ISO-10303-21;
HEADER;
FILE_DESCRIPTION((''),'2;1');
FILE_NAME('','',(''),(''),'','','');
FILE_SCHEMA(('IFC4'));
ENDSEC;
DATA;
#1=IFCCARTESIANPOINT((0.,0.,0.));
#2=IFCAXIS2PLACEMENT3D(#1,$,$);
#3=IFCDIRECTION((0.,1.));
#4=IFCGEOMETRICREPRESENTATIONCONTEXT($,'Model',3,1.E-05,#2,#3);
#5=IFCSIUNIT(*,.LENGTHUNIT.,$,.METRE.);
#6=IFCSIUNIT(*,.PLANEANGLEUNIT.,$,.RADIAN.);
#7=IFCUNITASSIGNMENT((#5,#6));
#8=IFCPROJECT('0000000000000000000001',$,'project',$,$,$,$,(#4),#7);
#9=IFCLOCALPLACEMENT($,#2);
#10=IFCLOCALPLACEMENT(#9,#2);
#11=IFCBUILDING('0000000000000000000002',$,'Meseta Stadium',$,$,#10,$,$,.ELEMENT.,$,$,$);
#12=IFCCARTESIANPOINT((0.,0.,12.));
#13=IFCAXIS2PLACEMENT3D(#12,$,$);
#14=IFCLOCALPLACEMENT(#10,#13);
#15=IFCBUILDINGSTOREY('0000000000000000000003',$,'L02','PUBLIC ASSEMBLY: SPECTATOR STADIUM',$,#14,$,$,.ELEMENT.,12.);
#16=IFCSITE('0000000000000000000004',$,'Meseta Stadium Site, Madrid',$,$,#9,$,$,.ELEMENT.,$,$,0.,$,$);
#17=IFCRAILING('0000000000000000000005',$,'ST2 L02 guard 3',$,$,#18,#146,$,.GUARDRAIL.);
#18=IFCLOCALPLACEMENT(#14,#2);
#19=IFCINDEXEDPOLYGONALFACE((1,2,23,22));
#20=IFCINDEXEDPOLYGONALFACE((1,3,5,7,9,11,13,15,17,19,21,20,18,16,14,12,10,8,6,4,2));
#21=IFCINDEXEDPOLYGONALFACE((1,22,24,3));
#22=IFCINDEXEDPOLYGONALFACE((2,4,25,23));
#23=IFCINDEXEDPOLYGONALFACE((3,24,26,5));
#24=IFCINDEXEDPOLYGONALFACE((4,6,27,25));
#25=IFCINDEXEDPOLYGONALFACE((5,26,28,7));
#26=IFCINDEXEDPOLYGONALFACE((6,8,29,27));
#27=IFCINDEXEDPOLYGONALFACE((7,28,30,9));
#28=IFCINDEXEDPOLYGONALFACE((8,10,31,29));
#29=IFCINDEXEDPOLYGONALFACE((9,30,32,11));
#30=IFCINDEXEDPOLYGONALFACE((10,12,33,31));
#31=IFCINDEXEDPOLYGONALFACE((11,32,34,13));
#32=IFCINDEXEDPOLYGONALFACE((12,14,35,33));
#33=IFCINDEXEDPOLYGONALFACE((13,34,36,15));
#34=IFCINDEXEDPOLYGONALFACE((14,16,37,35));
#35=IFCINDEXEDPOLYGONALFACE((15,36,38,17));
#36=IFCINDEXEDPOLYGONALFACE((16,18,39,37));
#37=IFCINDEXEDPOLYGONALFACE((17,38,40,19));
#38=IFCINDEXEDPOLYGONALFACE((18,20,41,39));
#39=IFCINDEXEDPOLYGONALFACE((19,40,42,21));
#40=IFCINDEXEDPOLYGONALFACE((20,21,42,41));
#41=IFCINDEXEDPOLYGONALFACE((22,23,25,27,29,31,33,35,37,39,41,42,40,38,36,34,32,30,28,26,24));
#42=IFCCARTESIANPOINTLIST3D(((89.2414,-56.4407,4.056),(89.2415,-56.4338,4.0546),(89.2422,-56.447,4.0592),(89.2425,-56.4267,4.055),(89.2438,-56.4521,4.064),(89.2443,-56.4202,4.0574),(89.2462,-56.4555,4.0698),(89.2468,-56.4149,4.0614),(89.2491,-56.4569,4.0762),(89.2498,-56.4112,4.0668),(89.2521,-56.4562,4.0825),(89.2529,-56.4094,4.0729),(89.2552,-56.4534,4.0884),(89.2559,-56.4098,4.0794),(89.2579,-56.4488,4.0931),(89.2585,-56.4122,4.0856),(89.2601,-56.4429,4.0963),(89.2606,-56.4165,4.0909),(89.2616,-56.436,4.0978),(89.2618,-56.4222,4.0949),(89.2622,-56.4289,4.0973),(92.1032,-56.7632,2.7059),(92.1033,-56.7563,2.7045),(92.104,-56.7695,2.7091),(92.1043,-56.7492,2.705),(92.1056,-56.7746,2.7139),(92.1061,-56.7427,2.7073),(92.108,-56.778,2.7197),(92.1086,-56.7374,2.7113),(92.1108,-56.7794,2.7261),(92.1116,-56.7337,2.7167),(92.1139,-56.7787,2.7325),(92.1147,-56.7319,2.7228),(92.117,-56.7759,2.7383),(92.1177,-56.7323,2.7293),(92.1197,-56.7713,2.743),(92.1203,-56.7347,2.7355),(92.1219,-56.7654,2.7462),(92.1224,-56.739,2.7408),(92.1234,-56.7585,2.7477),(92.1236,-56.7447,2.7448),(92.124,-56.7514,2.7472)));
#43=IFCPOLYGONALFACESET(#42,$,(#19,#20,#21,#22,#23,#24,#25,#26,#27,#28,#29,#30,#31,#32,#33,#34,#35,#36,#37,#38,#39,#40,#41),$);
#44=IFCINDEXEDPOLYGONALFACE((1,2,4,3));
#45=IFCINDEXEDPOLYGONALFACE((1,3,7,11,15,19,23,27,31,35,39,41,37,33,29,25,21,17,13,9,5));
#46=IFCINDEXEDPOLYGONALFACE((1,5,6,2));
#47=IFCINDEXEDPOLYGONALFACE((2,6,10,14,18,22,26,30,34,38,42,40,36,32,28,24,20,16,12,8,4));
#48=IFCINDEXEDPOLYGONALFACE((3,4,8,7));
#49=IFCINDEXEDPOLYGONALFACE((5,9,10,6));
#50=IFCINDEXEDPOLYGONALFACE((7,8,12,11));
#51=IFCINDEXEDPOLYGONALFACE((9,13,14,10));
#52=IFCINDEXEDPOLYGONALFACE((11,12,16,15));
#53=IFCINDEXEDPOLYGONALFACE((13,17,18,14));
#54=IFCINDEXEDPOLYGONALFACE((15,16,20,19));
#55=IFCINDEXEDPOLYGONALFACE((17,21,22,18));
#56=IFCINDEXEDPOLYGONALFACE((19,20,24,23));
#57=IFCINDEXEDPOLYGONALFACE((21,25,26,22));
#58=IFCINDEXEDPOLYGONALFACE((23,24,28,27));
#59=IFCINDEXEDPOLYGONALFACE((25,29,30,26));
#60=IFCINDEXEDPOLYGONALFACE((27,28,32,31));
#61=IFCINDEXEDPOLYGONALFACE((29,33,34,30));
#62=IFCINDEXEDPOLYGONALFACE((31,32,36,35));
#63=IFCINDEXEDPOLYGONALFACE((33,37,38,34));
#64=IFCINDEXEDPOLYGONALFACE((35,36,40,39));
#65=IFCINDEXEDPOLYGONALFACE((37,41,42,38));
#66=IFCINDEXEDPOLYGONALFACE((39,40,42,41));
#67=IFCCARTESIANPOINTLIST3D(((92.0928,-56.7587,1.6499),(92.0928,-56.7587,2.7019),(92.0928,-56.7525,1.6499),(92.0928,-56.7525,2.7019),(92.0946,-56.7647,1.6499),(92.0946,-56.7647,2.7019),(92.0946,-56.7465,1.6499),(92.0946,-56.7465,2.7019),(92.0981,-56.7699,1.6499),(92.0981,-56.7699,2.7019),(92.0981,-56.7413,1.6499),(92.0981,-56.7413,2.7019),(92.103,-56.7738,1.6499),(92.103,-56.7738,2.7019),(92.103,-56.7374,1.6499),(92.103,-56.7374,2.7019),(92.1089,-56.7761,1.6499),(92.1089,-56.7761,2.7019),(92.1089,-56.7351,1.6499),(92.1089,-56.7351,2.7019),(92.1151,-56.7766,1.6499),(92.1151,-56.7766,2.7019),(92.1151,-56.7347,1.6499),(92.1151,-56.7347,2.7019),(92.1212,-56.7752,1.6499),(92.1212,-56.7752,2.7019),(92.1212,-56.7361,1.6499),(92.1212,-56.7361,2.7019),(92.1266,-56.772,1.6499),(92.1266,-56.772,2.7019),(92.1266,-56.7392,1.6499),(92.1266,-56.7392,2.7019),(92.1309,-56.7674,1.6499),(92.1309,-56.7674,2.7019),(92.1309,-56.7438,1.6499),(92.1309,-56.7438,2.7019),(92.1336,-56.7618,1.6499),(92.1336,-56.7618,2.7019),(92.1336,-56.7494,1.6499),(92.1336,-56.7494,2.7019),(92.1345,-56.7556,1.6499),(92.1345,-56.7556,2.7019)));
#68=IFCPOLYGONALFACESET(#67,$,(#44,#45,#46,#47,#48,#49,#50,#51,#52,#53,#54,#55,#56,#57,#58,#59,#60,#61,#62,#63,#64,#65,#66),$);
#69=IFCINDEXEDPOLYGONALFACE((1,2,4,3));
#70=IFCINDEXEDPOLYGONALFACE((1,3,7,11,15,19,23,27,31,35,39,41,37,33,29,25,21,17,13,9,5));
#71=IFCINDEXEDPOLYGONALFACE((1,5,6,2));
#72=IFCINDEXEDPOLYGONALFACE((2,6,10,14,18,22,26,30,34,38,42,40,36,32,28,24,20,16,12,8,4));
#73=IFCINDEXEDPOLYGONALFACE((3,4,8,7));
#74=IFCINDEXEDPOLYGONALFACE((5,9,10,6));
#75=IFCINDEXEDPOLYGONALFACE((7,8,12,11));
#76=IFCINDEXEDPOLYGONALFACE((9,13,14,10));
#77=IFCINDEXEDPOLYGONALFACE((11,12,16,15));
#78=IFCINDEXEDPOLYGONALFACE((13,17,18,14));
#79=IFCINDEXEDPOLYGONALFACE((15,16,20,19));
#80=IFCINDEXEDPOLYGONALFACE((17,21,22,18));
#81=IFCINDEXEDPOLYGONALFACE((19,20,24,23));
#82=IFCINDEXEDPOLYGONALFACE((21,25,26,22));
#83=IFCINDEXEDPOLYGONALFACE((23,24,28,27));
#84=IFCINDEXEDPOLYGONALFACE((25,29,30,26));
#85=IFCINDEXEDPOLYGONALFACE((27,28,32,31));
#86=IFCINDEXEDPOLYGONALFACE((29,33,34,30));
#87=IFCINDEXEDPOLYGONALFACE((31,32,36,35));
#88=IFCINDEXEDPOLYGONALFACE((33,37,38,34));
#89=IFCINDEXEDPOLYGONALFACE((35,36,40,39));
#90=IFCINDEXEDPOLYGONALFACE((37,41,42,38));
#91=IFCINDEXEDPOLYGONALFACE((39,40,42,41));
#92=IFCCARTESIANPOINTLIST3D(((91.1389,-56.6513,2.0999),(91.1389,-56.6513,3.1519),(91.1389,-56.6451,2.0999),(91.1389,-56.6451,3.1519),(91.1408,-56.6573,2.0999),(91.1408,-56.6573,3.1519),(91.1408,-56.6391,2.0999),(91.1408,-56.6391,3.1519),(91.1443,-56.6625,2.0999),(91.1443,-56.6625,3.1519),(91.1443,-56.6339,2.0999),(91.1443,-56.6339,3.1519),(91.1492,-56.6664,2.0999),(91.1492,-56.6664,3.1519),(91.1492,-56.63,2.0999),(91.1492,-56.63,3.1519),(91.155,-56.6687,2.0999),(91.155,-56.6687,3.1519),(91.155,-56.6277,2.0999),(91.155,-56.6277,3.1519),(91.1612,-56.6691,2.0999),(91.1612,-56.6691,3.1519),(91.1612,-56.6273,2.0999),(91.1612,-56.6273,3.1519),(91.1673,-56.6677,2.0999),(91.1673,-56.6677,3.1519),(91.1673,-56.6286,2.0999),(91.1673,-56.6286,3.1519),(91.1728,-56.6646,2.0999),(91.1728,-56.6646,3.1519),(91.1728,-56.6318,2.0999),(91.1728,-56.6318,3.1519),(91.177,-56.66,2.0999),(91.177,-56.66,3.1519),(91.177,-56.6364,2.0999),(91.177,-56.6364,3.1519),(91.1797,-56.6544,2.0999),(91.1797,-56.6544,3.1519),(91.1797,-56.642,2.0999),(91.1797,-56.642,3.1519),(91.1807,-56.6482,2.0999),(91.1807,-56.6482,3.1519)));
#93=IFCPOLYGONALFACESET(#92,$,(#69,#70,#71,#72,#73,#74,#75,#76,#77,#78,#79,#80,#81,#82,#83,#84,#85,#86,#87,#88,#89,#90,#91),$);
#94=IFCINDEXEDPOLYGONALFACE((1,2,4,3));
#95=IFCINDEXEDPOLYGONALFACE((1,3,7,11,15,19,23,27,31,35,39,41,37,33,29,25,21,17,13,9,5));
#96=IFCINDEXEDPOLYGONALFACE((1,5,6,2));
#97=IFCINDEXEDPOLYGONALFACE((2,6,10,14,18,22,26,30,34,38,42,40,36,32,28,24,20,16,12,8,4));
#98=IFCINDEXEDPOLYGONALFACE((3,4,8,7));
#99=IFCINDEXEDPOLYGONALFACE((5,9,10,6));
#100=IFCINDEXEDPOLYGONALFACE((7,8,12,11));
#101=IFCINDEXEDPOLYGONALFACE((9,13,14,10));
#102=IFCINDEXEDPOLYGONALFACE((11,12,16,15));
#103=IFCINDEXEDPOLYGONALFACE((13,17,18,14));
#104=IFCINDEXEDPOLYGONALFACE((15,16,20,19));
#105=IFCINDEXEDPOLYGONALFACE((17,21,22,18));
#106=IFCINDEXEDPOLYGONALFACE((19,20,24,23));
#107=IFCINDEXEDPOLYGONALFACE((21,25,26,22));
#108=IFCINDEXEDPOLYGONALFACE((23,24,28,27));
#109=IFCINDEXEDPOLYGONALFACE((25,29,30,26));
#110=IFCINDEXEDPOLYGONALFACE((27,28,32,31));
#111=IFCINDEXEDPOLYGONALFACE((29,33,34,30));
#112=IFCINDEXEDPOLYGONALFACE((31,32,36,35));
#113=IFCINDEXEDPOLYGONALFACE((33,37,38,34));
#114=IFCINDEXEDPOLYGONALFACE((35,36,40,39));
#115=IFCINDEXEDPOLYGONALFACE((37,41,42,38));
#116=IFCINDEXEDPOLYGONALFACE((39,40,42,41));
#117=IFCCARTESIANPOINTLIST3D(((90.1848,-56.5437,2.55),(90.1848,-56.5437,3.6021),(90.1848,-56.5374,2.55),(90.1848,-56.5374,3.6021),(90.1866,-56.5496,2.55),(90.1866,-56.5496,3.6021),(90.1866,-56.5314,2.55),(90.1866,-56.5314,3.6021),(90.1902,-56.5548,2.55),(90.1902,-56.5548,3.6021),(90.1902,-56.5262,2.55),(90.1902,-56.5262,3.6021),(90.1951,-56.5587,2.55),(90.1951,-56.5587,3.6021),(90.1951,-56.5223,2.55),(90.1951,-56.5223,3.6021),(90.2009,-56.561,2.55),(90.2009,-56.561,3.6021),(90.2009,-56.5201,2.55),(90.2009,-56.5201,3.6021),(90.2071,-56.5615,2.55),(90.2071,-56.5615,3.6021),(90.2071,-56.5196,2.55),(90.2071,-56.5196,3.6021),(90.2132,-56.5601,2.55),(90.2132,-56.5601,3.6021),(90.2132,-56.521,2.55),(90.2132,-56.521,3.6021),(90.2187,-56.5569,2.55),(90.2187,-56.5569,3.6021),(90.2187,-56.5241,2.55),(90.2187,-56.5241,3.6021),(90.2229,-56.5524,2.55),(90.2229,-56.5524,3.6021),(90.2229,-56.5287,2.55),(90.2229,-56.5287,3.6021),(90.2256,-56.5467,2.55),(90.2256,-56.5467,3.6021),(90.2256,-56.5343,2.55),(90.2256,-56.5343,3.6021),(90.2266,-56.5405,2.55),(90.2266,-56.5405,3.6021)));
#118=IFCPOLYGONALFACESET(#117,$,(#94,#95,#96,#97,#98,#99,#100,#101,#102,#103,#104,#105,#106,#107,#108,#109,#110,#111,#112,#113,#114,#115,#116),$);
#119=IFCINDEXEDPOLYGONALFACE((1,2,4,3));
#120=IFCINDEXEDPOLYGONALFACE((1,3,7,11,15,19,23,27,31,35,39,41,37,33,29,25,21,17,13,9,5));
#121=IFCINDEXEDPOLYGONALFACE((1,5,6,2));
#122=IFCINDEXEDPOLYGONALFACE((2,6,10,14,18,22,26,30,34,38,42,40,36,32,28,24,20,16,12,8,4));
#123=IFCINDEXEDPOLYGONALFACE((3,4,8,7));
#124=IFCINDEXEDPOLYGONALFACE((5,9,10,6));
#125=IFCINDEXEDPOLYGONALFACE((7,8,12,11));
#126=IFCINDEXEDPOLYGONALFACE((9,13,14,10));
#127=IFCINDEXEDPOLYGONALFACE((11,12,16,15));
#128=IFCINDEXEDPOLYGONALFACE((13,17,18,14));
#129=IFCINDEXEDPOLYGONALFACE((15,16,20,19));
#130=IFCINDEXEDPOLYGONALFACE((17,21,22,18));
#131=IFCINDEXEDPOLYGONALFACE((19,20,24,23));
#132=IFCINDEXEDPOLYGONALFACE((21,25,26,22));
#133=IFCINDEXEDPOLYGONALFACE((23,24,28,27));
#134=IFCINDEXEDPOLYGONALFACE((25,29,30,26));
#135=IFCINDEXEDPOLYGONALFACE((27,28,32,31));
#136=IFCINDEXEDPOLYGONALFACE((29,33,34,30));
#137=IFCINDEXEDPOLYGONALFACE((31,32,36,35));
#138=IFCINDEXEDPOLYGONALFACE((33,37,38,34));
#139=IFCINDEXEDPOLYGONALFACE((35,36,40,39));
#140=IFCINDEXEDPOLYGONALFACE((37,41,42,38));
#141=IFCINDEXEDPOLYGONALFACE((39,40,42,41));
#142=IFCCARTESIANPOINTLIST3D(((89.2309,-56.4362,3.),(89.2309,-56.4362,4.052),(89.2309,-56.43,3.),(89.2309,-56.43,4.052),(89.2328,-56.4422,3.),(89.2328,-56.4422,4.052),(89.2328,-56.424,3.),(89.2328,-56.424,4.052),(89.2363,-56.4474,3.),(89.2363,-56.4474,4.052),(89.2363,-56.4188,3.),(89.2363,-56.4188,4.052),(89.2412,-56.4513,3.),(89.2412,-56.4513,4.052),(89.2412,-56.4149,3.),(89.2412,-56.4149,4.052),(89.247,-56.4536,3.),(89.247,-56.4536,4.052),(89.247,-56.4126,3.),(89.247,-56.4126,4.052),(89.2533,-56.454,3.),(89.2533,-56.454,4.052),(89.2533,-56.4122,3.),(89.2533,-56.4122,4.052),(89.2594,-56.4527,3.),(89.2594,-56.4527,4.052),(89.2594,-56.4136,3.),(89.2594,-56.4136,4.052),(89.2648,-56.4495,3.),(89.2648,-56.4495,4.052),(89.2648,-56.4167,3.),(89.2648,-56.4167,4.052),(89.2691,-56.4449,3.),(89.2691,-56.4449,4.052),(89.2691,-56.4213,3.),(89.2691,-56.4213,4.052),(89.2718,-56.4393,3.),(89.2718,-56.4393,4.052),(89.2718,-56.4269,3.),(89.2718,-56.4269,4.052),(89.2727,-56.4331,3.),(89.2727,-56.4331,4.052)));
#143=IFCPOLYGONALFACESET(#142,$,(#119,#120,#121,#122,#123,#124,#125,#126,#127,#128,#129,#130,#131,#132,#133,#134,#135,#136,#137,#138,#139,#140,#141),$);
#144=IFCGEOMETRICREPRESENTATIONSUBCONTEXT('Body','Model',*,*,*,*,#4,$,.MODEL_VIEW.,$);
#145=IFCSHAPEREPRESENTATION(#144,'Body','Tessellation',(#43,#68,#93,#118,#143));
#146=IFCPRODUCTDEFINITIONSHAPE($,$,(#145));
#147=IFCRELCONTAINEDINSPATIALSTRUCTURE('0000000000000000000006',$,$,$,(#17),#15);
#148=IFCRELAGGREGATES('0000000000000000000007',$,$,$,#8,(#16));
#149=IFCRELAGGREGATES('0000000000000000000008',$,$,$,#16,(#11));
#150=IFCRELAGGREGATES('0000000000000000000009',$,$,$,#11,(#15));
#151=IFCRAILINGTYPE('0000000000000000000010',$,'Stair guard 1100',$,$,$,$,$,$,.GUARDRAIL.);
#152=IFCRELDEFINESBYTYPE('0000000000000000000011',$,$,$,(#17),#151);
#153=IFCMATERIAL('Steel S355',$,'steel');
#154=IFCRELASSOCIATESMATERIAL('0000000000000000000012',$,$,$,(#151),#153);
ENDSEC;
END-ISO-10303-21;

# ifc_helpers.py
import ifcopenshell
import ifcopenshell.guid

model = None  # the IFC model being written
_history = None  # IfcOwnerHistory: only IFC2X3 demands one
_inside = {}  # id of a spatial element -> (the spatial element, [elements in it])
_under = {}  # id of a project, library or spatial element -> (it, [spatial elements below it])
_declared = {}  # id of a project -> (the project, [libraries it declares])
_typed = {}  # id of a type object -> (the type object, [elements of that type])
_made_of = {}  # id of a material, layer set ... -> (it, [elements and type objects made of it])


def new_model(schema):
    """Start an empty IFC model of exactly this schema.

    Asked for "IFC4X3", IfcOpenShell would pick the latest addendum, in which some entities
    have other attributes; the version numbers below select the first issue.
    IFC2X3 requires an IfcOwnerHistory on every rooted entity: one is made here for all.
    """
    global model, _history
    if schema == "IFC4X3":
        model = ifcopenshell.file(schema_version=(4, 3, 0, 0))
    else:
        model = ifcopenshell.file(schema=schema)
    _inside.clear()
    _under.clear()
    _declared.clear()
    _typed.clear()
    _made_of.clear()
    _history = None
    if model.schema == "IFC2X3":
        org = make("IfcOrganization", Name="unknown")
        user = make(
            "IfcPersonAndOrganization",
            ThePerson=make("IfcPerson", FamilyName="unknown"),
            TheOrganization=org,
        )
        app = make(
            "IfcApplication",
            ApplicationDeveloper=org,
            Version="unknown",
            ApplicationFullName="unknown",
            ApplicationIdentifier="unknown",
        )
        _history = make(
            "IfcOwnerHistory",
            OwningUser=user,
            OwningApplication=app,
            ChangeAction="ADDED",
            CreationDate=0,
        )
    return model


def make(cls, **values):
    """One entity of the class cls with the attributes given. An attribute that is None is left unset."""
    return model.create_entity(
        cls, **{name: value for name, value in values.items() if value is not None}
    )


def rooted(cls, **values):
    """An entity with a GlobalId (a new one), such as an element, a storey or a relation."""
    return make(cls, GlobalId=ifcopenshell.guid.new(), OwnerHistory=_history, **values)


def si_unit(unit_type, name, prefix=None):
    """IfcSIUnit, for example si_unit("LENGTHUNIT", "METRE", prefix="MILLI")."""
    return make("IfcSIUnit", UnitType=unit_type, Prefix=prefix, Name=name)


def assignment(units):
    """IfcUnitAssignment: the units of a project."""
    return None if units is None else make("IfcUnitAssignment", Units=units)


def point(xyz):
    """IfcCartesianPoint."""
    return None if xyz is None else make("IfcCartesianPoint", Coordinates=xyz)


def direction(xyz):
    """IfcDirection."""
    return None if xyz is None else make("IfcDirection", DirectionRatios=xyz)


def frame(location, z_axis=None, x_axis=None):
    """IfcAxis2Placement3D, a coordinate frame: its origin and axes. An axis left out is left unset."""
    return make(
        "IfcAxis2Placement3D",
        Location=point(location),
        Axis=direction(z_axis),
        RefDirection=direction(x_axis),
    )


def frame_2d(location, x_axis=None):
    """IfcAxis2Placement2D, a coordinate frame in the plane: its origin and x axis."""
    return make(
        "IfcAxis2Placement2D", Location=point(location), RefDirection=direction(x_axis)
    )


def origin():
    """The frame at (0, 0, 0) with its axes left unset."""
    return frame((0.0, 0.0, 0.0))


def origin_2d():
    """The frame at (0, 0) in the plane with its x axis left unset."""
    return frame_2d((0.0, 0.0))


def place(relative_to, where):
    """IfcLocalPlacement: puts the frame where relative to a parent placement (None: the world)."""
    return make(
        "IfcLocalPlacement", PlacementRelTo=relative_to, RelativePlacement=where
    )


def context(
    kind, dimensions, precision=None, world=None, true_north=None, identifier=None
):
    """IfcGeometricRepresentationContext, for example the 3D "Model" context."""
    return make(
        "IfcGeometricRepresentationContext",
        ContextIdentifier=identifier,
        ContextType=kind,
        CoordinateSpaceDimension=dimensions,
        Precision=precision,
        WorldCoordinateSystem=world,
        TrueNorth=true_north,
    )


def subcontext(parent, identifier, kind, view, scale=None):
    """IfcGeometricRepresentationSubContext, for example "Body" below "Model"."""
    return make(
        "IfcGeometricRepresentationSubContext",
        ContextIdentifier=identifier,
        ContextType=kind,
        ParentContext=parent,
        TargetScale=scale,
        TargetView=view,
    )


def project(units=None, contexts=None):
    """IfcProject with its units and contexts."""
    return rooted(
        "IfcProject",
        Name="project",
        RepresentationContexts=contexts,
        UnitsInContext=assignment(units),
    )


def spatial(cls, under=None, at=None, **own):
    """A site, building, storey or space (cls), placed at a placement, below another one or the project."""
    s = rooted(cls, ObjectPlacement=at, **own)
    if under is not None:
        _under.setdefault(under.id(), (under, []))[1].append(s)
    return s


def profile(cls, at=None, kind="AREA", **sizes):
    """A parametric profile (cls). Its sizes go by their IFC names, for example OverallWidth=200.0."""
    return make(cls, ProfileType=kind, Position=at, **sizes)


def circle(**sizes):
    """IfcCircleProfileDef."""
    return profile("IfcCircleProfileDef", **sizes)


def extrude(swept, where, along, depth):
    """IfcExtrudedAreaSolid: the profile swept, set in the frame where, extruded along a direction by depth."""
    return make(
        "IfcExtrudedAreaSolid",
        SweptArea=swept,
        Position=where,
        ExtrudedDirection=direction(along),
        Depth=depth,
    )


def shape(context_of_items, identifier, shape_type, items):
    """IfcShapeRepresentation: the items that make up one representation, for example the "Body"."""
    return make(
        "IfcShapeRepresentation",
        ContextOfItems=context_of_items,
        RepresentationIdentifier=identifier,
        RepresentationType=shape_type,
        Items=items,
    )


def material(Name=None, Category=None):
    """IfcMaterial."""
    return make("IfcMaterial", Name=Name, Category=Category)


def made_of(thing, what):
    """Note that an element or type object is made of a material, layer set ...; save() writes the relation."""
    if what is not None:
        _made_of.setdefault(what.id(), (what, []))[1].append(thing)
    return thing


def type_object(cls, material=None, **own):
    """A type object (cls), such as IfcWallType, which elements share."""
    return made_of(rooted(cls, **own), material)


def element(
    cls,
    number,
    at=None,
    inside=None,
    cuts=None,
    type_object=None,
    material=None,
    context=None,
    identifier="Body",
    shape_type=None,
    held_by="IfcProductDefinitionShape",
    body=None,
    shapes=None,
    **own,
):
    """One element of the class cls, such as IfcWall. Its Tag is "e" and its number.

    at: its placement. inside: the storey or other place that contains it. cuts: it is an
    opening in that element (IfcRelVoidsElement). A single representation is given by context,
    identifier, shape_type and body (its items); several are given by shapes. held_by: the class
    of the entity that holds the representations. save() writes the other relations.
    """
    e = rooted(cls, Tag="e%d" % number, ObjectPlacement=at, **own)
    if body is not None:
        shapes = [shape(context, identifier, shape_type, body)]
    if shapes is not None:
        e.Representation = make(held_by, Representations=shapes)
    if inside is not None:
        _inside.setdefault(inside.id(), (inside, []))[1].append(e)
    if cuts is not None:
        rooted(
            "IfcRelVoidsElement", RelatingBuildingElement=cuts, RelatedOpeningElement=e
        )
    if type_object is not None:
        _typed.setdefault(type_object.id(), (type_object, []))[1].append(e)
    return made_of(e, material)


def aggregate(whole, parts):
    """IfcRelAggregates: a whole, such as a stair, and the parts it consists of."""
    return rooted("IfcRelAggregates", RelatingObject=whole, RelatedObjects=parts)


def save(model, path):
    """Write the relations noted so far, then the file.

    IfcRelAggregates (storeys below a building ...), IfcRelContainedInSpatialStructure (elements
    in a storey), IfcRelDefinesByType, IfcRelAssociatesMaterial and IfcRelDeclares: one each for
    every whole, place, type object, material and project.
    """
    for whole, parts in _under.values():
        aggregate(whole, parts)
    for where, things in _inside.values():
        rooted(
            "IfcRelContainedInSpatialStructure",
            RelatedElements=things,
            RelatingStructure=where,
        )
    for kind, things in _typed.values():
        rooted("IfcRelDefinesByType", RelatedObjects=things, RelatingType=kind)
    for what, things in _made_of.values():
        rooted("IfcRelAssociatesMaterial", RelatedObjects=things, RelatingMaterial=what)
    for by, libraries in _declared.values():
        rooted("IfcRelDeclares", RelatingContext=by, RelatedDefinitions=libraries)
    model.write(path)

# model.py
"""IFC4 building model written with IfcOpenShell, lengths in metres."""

from ifc_helpers import new_model, si_unit, direction, frame, origin, origin_2d, place, context, subcontext, project, spatial, circle, extrude, material, type_object, element, save


model = new_model("IFC4")

# Units and contexts
model_context = context("Model", 3, precision=1e-05, world=origin(), true_north=direction((0.0, 1.0)))
body_context = subcontext(model_context, "Body", "Model", "MODEL_VIEW")
ifc_project = project(units=[si_unit("LENGTHUNIT", "METRE"), si_unit("PLANEANGLEUNIT", "RADIAN")], contexts=[model_context])

# Site, building, storey
site_placement = place(None, origin())
site = spatial("IfcSite", under=ifc_project, at=site_placement, Name="Meseta Stadium Site, Madrid", CompositionType="ELEMENT", RefElevation=0.0)
building_placement = place(site_placement, origin())
building = spatial("IfcBuilding", under=site, at=building_placement, Name="Meseta Stadium", CompositionType="ELEMENT")
storey_placement = place(building_placement, frame((0.0, 0.0, 12.0)))
storey = spatial("IfcBuildingStorey", under=building, at=storey_placement, Name="L02", Description="PUBLIC ASSEMBLY: SPECTATOR STADIUM", CompositionType="ELEMENT", Elevation=12.0)

# Railing
ifc_material_1 = material(Name="Steel S355", Category="steel")
railing_type_1 = type_object("IfcRailingType", Name="Stair guard 1100", PredefinedType="GUARDRAIL", material=ifc_material_1)
railing_1_placement = place(storey_placement, frame((92.1135, -56.7556, 1.6499)))
element("IfcRailing", 1, at=railing_1_placement, inside=storey, type_object=railing_type_1, Name="ST2 L02 guard 3", PredefinedType="GUARDRAIL", context=body_context, shape_type="SweptSolid", body=[
    extrude(circle(Radius=0.0239, at=origin_2d()), frame((0.0, 0.0, 1.0762), z_axis=(-0.899748, 0.101396, 0.424467), x_axis=(-0.111985, -0.99371, 0.0)), (0.0, 0.0, 1.0), 3.1807),
    extrude(circle(Radius=0.021, at=origin_2d()), origin(), (0.0, 0.0, 1.0), 1.052),
    extrude(circle(Radius=0.021, at=origin_2d()), frame((-0.9539, 0.1074, 0.45)), (0.0, 0.0, 1.0), 1.052),
    extrude(circle(Radius=0.021, at=origin_2d()), frame((-1.908, 0.2151, 0.9001)), (0.0, 0.0, 1.0), 1.052),
    extrude(circle(Radius=0.021, at=origin_2d()), frame((-2.8618, 0.3225, 1.3501)), (0.0, 0.0, 1.0), 1.052),
])

save(model, "model.ifc")
